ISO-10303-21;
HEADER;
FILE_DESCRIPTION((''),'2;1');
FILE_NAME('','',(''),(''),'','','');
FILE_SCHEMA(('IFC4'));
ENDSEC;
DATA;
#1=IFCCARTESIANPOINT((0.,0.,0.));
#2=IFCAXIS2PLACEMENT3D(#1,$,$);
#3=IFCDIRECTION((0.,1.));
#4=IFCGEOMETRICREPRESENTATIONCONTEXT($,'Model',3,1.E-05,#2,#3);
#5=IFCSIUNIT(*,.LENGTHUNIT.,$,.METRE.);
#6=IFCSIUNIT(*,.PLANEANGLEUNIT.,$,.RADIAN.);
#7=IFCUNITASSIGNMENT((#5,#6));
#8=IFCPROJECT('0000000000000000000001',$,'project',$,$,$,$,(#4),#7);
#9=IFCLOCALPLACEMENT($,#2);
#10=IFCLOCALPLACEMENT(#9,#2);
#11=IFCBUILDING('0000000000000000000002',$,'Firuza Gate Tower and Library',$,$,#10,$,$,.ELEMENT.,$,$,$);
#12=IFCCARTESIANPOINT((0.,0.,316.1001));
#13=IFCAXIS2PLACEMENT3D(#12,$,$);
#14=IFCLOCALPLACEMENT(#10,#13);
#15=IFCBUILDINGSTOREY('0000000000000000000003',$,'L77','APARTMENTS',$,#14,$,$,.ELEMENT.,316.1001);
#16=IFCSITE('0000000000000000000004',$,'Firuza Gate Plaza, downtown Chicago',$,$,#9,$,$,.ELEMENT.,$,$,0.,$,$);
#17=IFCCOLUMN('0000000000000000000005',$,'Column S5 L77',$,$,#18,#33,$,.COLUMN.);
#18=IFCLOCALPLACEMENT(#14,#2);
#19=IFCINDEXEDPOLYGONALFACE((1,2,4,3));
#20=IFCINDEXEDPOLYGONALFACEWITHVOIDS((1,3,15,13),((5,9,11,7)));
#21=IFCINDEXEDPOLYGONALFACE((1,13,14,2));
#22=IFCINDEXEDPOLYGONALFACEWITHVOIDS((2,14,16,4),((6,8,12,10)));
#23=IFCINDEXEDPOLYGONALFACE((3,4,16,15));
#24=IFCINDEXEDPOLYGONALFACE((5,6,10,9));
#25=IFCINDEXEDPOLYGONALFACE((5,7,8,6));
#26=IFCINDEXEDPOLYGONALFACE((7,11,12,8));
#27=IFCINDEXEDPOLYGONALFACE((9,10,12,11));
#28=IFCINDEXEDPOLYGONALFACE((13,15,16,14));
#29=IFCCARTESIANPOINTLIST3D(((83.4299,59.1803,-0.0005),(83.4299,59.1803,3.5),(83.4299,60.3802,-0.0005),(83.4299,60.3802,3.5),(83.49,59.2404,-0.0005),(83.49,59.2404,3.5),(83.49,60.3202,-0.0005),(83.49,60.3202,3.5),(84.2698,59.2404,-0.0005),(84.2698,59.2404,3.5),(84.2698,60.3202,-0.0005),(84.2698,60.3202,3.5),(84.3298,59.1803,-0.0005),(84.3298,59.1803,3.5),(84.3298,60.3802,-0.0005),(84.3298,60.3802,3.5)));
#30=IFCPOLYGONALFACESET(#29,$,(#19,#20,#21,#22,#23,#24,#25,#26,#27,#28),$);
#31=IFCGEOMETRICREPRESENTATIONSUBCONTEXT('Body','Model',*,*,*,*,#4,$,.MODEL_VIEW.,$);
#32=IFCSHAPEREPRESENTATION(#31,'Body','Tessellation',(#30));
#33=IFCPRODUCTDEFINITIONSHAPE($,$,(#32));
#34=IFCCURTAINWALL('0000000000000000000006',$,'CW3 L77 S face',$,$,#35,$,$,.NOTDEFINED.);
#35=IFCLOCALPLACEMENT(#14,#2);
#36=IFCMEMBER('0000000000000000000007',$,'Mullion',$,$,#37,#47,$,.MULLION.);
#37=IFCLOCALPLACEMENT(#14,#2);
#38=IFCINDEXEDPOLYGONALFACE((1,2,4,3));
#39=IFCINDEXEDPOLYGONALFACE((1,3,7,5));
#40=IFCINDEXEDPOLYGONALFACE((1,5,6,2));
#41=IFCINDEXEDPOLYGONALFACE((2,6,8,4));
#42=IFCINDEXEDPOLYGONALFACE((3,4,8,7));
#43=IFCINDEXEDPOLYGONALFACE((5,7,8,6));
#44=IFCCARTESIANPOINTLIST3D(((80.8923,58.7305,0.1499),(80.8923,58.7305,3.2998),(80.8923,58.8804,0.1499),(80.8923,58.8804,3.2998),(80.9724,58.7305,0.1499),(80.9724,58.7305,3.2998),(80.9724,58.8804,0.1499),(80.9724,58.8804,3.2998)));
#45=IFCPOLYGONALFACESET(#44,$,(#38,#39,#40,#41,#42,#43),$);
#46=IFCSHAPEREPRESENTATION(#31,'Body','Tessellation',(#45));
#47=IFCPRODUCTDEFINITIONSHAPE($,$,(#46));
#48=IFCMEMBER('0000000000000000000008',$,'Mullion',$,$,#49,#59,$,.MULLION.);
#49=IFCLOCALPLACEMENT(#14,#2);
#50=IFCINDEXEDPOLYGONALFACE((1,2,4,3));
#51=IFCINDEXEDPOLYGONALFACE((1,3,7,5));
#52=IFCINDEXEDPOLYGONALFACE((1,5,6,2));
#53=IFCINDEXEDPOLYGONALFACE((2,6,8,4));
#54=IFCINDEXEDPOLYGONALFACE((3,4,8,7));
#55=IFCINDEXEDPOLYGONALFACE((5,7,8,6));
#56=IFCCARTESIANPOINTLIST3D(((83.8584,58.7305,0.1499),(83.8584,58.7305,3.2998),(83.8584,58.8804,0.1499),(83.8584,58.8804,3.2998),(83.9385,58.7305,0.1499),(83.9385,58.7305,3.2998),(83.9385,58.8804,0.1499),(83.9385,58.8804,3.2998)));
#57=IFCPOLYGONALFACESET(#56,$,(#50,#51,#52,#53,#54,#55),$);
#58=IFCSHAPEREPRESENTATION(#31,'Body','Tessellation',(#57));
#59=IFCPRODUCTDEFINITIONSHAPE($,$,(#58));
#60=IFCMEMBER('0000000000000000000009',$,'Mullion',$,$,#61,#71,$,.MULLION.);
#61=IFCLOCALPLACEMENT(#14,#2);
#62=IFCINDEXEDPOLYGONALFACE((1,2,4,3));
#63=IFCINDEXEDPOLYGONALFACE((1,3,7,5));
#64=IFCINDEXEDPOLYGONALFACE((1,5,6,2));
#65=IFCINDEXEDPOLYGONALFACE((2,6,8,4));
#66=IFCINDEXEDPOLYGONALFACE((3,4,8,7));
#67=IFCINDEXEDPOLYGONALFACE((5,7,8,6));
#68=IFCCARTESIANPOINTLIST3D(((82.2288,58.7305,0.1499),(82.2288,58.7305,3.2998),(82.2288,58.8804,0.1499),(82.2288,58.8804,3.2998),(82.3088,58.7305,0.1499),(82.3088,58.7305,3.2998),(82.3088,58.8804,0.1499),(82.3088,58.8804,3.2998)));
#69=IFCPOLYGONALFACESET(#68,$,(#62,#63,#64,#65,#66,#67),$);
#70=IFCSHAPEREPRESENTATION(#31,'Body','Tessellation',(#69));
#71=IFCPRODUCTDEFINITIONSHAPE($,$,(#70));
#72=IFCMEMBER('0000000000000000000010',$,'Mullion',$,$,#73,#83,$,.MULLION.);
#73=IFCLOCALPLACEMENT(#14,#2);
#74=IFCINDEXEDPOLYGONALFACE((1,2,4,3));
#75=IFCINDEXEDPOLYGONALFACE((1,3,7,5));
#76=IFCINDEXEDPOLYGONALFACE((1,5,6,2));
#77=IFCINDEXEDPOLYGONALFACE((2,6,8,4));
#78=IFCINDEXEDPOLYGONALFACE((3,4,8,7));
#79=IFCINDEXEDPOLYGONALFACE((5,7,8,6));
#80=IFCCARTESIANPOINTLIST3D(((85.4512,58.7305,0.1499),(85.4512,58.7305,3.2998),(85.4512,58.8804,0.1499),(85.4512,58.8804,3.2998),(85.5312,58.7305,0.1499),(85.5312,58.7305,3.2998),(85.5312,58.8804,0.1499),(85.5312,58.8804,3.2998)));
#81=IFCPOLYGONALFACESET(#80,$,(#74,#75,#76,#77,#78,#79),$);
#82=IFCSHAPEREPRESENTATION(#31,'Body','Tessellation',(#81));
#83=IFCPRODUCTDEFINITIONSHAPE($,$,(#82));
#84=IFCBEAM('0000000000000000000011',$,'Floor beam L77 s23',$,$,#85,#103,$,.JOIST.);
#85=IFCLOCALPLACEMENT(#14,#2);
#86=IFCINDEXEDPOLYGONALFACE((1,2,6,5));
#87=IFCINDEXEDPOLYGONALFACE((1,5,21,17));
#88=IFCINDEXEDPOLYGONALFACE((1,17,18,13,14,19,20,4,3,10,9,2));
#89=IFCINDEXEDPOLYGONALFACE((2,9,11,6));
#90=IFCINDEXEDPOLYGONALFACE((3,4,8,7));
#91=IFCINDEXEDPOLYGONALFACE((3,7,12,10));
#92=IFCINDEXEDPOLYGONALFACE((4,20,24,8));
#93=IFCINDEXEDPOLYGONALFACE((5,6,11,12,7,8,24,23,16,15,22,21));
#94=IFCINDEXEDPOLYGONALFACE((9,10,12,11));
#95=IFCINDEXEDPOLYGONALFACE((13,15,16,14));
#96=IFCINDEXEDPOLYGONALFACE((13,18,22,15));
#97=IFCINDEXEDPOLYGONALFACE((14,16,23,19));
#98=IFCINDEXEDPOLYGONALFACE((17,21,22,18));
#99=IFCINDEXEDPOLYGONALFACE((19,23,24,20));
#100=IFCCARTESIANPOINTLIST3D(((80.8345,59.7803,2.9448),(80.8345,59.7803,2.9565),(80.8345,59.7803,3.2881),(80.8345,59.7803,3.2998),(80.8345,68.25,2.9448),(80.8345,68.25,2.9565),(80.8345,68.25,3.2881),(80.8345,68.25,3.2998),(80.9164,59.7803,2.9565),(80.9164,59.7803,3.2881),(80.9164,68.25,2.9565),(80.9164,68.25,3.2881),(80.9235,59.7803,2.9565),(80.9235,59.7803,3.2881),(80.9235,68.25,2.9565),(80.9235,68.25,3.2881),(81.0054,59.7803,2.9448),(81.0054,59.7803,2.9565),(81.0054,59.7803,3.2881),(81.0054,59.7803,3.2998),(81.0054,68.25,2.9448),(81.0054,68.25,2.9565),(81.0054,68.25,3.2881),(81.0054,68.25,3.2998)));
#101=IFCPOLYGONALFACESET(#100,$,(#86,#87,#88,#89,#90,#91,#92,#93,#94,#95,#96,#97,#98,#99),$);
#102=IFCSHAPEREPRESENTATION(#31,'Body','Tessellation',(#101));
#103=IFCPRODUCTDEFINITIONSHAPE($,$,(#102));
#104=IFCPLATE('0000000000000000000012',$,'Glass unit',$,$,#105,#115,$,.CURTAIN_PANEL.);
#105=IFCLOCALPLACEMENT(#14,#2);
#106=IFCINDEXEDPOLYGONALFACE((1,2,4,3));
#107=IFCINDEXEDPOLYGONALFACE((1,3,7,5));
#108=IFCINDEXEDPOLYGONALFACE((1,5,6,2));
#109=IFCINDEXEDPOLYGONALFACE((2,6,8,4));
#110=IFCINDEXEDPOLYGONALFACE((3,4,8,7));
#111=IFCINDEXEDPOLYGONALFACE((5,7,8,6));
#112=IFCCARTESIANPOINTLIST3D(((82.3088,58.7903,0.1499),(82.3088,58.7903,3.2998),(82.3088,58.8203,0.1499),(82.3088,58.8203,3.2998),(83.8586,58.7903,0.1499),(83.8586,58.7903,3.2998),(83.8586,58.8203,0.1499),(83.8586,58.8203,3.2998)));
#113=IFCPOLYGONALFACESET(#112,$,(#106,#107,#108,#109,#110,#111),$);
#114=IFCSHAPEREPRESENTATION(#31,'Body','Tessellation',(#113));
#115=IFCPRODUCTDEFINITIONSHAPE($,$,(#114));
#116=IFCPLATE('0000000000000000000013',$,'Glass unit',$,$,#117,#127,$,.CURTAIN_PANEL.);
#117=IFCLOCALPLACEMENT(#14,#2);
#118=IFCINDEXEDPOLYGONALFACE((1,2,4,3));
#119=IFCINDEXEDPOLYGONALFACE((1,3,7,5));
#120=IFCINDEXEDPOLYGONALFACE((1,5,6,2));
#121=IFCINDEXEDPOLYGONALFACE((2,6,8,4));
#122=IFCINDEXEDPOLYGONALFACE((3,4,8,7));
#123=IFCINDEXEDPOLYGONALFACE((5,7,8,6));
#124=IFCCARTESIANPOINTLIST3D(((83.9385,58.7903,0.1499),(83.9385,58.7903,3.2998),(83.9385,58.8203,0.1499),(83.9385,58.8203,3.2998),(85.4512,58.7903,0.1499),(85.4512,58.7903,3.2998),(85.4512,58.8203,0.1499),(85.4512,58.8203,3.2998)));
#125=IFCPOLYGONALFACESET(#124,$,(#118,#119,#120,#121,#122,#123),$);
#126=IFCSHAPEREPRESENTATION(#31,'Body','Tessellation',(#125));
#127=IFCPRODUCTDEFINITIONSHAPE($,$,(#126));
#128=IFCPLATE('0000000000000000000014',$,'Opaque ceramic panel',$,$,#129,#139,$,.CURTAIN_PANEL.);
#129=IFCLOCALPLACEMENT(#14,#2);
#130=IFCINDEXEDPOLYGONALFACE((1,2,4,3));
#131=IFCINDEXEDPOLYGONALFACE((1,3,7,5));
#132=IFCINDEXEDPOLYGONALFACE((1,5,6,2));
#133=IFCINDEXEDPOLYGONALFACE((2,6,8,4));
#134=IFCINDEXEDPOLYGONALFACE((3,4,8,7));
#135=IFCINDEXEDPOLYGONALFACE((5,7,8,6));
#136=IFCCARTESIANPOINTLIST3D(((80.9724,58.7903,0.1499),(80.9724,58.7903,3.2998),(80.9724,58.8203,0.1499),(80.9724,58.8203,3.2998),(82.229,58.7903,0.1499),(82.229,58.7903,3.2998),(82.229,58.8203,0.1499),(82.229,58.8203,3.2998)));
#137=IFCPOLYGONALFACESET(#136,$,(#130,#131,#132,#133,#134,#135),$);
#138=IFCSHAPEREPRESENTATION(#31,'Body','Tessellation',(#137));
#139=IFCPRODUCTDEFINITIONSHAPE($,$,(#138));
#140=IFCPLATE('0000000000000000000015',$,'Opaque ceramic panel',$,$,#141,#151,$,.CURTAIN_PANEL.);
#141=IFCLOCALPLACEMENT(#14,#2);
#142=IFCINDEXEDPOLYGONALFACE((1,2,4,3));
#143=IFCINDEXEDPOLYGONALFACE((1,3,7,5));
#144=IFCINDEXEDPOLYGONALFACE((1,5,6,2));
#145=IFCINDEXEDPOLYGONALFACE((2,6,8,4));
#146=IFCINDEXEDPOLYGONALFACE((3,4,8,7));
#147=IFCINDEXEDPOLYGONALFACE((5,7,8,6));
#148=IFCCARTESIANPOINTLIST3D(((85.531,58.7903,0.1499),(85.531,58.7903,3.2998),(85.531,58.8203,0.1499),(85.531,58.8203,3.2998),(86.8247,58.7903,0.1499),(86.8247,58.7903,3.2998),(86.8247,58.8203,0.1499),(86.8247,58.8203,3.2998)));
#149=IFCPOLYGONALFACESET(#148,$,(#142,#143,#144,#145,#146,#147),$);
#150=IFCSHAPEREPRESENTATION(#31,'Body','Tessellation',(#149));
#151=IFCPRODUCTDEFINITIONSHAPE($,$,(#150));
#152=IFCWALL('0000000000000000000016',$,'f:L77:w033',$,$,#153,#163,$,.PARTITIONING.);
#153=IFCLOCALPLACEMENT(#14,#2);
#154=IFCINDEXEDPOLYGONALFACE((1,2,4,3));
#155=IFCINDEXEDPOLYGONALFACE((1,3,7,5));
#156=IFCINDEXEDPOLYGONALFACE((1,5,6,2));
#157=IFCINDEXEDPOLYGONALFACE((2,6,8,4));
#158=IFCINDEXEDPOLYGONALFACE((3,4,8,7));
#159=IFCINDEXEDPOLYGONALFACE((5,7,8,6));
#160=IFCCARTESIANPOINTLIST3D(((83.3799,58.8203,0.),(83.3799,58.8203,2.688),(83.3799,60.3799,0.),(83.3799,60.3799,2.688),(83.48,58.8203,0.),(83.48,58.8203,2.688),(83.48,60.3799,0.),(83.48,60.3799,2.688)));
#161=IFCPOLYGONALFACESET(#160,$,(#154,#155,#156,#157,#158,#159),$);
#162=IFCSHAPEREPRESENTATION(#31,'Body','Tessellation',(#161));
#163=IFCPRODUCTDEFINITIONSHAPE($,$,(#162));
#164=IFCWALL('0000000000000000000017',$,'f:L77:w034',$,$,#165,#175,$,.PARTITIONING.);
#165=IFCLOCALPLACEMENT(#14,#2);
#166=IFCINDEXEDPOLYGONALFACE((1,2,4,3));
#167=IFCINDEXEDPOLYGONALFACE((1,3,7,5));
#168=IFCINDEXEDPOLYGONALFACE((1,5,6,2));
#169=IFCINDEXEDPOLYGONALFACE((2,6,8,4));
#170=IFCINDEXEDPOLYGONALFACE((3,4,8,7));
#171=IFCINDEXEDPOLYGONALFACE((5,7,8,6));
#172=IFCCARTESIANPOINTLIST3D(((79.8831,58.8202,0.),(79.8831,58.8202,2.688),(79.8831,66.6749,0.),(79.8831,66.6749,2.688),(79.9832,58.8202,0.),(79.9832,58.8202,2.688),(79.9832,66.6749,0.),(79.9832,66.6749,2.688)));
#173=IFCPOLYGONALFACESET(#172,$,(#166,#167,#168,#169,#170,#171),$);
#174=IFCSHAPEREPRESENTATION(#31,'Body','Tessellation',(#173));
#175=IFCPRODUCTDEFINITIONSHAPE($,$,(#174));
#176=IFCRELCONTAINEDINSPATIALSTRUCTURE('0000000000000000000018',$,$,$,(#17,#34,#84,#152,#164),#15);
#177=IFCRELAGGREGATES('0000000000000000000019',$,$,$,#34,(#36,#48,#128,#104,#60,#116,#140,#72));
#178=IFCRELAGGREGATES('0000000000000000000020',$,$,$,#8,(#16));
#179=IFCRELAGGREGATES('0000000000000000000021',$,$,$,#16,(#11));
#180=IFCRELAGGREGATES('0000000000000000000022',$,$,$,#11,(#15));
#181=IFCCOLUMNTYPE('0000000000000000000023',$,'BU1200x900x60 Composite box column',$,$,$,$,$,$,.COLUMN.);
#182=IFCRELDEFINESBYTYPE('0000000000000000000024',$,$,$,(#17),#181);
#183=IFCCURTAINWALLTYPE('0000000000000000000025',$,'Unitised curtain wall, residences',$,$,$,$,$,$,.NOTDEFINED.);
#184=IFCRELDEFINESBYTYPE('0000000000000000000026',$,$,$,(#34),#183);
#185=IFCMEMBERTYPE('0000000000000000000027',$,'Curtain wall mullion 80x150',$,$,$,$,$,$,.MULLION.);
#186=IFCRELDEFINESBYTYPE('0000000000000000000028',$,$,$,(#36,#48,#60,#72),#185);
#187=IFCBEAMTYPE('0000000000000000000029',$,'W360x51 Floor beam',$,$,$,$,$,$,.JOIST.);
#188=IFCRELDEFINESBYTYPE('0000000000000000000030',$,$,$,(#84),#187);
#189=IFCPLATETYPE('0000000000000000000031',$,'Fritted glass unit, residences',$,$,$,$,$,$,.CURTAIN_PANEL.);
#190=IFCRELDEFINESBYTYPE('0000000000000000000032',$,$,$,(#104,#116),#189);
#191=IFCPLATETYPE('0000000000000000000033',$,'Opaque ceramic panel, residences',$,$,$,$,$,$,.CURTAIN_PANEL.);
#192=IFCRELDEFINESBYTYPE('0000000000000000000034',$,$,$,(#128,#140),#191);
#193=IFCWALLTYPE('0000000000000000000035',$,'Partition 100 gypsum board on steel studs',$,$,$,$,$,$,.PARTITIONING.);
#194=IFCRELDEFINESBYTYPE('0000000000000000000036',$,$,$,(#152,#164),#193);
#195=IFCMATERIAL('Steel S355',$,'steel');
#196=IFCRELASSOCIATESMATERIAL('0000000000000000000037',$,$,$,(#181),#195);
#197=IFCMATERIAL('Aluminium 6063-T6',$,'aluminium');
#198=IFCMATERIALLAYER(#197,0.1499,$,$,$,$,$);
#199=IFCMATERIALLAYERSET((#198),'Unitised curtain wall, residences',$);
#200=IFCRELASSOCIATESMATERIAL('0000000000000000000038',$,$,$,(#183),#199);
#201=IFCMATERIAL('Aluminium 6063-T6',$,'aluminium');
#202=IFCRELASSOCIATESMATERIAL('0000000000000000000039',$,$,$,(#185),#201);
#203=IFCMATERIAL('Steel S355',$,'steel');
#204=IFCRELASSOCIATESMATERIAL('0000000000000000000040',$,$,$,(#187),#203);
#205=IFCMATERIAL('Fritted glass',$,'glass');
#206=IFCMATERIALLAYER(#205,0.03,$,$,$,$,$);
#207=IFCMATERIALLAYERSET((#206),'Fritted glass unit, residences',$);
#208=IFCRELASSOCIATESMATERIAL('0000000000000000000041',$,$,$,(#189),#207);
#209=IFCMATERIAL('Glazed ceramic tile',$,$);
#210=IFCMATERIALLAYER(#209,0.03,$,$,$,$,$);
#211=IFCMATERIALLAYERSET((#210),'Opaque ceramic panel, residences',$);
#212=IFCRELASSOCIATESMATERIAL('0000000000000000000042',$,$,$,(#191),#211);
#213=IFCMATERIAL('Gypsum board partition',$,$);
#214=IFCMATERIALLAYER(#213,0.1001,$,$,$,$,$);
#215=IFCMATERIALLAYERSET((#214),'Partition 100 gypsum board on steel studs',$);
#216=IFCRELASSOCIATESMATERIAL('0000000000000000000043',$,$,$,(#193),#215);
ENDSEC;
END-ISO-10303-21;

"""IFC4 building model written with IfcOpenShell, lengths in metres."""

from ifc_helpers import new_model, si_unit, direction, frame, frame_2d, origin, origin_2d, place, context, subcontext, project, spatial, polyline, rectangle, hollow_rectangle, i_section, outline, extrude, material, layer, layer_set, material_profile, profile_set, type_object, element, aggregate, save


model = new_model("IFC4")

# Units and contexts
model_context = context("Model", 3, precision=1e-05, world=origin(), true_north=direction((0.0, 1.0)))
body_context = subcontext(model_context, "Body", "Model", "MODEL_VIEW")
ifc_project = project(units=[si_unit("LENGTHUNIT", "METRE"), si_unit("PLANEANGLEUNIT", "RADIAN")], contexts=[model_context])

# Site, building, storey
site_placement = place(None, origin())
site = spatial("IfcSite", under=ifc_project, at=site_placement, Name="Firuza Gate Plaza, downtown Chicago", CompositionType="ELEMENT", RefElevation=0.0)
building_placement = place(site_placement, origin())
building = spatial("IfcBuilding", under=site, at=building_placement, Name="Firuza Gate Tower and Library", CompositionType="ELEMENT")
storey_placement = place(building_placement, frame((0.0, 0.0, 316.1001)))
storey = spatial("IfcBuildingStorey", under=building, at=storey_placement, Name="L77", Description="APARTMENTS", CompositionType="ELEMENT", Elevation=316.1001)

# Column
ifc_material_1 = material(Name="Steel S355", Category="steel")
ifc_material_profile_1 = material_profile(ifc_material_1, hollow_rectangle(XDim=0.8999, YDim=1.2, WallThickness=0.0601, at=origin_2d()))
ifc_profile_set_1 = profile_set([ifc_material_profile_1], Name="Steel S355")
column_type = type_object("IfcColumnType", Name="BU1200x900x60 Composite box column", PredefinedType="COLUMN", material=ifc_profile_set_1)
column_placement = place(storey_placement, frame((83.8799, 59.7803, -0.0005), z_axis=(0.0, 0.0, 1.0), x_axis=(1.0, 0.0, 0.0)))
element("IfcColumn", 1, at=column_placement, inside=storey, type_object=column_type, Name="Column S5 L77", PredefinedType="COLUMN", context=body_context, shape_type="SweptSolid", body=[
    extrude(hollow_rectangle(XDim=0.8999, YDim=1.2, WallThickness=0.0601, at=origin_2d()), origin(), (0.0, 0.0, 1.0), 3.5005),
])

# Curtain wall, members
ifc_material_2 = material(Name="Aluminium 6063-T6", Category="aluminium")
ifc_layer_1 = layer(ifc_material_2, 0.1499)
ifc_layer_set_1 = layer_set([ifc_layer_1], Name="Unitised curtain wall, residences")
curtain_wall_type = type_object("IfcCurtainWallType", Name="Unitised curtain wall, residences", PredefinedType="NOTDEFINED", material=ifc_layer_set_1)
curtain_wall_placement = place(storey_placement, origin())
curtain_wall = element("IfcCurtainWall", 2, at=curtain_wall_placement, inside=storey, type_object=curtain_wall_type, Name="CW3 L77 S face", PredefinedType="NOTDEFINED")
ifc_material_3 = material(Name="Aluminium 6063-T6", Category="aluminium")
ifc_material_profile_2 = material_profile(ifc_material_3, rectangle(XDim=0.1499, YDim=0.0801, at=origin_2d()))
ifc_profile_set_2 = profile_set([ifc_material_profile_2], Name="Aluminium 6063-T6")
member_type = type_object("IfcMemberType", Name="Curtain wall mullion 80x150", PredefinedType="MULLION", material=ifc_profile_set_2)
member_1_placement = place(storey_placement, frame((80.9324, 58.8054, 0.1499), z_axis=(0.0, 0.0, 1.0), x_axis=(0.0, 1.0, 0.0)))
member_1 = element("IfcMember", 3, at=member_1_placement, type_object=member_type, Name="Mullion", PredefinedType="MULLION", context=body_context, shape_type="SweptSolid", body=[
    extrude(rectangle(XDim=0.1499, YDim=0.0801, at=origin_2d()), origin(), (0.0, 0.0, 1.0), 3.1499),
])
member_2_placement = place(storey_placement, frame((83.8984, 58.8054, 0.1499), z_axis=(0.0, 0.0, 1.0), x_axis=(0.0, 1.0, 0.0)))
member_2 = element("IfcMember", 4, at=member_2_placement, type_object=member_type, Name="Mullion", PredefinedType="MULLION", context=body_context, shape_type="SweptSolid", body=[
    extrude(rectangle(XDim=0.1499, YDim=0.0801, at=origin_2d()), origin(), (0.0, 0.0, 1.0), 3.1499),
])
member_3_placement = place(storey_placement, frame((82.2688, 58.8054, 0.1499), z_axis=(0.0, 0.0, 1.0), x_axis=(0.0, 1.0, 0.0)))
member_3 = element("IfcMember", 5, at=member_3_placement, type_object=member_type, Name="Mullion", PredefinedType="MULLION", context=body_context, shape_type="SweptSolid", body=[
    extrude(rectangle(XDim=0.1499, YDim=0.0801, at=origin_2d()), origin(), (0.0, 0.0, 1.0), 3.1499),
])
member_4_placement = place(storey_placement, frame((85.4912, 58.8054, 0.1499), z_axis=(0.0, 0.0, 1.0), x_axis=(0.0, 1.0, 0.0)))
member_4 = element("IfcMember", 6, at=member_4_placement, type_object=member_type, Name="Mullion", PredefinedType="MULLION", context=body_context, shape_type="SweptSolid", body=[
    extrude(rectangle(XDim=0.1499, YDim=0.0801, at=origin_2d()), origin(), (0.0, 0.0, 1.0), 3.1499),
])

# Beam
ifc_material_4 = material(Name="Steel S355", Category="steel")
ifc_material_profile_3 = material_profile(ifc_material_4, i_section(OverallWidth=0.1709, OverallDepth=0.355, WebThickness=0.0071, FlangeThickness=0.0117, at=origin_2d()))
ifc_profile_set_3 = profile_set([ifc_material_profile_3], Name="Steel S355")
beam_type = type_object("IfcBeamType", Name="W360x51 Floor beam", PredefinedType="JOIST", material=ifc_profile_set_3)
beam_placement = place(storey_placement, frame((80.9199, 59.7803, 3.1223), z_axis=(0.0, 1.0, 0.0), x_axis=(-1.0, 0.0, 0.0)))
element("IfcBeam", 7, at=beam_placement, inside=storey, type_object=beam_type, Name="Floor beam L77 s23", PredefinedType="JOIST", context=body_context, shape_type="SweptSolid", body=[
    extrude(i_section(OverallWidth=0.1709, OverallDepth=0.355, WebThickness=0.0071, FlangeThickness=0.0117, at=origin_2d()), origin(), (0.0, 0.0, 1.0), 8.4697),
])

# Plates
ifc_material_5 = material(Name="Fritted glass", Category="glass")
ifc_layer_2 = layer(ifc_material_5, 0.03)
ifc_layer_set_2 = layer_set([ifc_layer_2], Name="Fritted glass unit, residences")
plate_type_1 = type_object("IfcPlateType", Name="Fritted glass unit, residences", PredefinedType="CURTAIN_PANEL", material=ifc_layer_set_2)
plate_1_placement = place(storey_placement, frame((82.3088, 58.7903, 0.1499), z_axis=(0.0, -1.0, 0.0), x_axis=(1.0, 0.0, 0.0)))
plate_1 = element("IfcPlate", 8, at=plate_1_placement, type_object=plate_type_1, Name="Glass unit", PredefinedType="CURTAIN_PANEL", context=body_context, shape_type="SweptSolid", body=[
    extrude(outline(polyline([(0.0, 0.0), (1.5498, 0.0), (1.5498, 3.1499), (0.0, 3.1499), (0.0, 0.0)])), origin(), (0.0, 0.0, -1.0), 0.03),
])
plate_2_placement = place(storey_placement, frame((83.9385, 58.7903, 0.1499), z_axis=(0.0, -1.0, 0.0), x_axis=(1.0, 0.0, 0.0)))
plate_2 = element("IfcPlate", 9, at=plate_2_placement, type_object=plate_type_1, Name="Glass unit", PredefinedType="CURTAIN_PANEL", context=body_context, shape_type="SweptSolid", body=[
    extrude(outline(polyline([(0.0, 0.0), (1.5127, 0.0), (1.5127, 3.1499), (0.0, 3.1499), (0.0, 0.0)])), origin(), (0.0, 0.0, -1.0), 0.03),
])
ifc_material_6 = material(Name="Glazed ceramic tile")
ifc_layer_3 = layer(ifc_material_6, 0.03)
ifc_layer_set_3 = layer_set([ifc_layer_3], Name="Opaque ceramic panel, residences")
plate_type_2 = type_object("IfcPlateType", Name="Opaque ceramic panel, residences", PredefinedType="CURTAIN_PANEL", material=ifc_layer_set_3)
plate_3_placement = place(storey_placement, frame((80.9724, 58.7903, 0.1499), z_axis=(0.0, -1.0, 0.0), x_axis=(1.0, 0.0, 0.0)))
plate_3 = element("IfcPlate", 10, at=plate_3_placement, type_object=plate_type_2, Name="Opaque ceramic panel", PredefinedType="CURTAIN_PANEL", context=body_context, shape_type="SweptSolid", body=[
    extrude(outline(polyline([(0.0, 0.0), (1.2566, 0.0), (1.2566, 3.1499), (0.0, 3.1499), (0.0, 0.0)])), origin(), (0.0, 0.0, -1.0), 0.03),
])
plate_4_placement = place(storey_placement, frame((85.531, 58.7903, 0.1499), z_axis=(0.0, -1.0, 0.0), x_axis=(1.0, 0.0, 0.0)))
plate_4 = element("IfcPlate", 11, at=plate_4_placement, type_object=plate_type_2, Name="Opaque ceramic panel", PredefinedType="CURTAIN_PANEL", context=body_context, shape_type="SweptSolid", body=[
    extrude(outline(polyline([(0.0, 0.0), (1.2937, 0.0), (1.2937, 3.1499), (0.0, 3.1499), (0.0, 0.0)])), origin(), (0.0, 0.0, -1.0), 0.03),
])
aggregate(curtain_wall, [member_1, member_2, plate_3, plate_1, member_3, plate_2, plate_4, member_4])

# Walls
ifc_material_7 = material(Name="Gypsum board partition")
ifc_layer_4 = layer(ifc_material_7, 0.1001)
ifc_layer_set_4 = layer_set([ifc_layer_4], Name="Partition 100 gypsum board on steel studs")
wall_type = type_object("IfcWallType", Name="Partition 100 gypsum board on steel studs", PredefinedType="PARTITIONING", material=ifc_layer_set_4)
wall_1_placement = place(storey_placement, frame((83.4299, 58.8203, 0.0), z_axis=(0.0, 0.0, 1.0), x_axis=(0.0, 1.0, 0.0)))
element("IfcWall", 12, at=wall_1_placement, inside=storey, type_object=wall_type, Name="f:L77:w033", PredefinedType="PARTITIONING", context=body_context, shape_type="SweptSolid", body=[
    extrude(rectangle(XDim=1.5596, YDim=0.1001, at=frame_2d((0.7798, 0.0))), origin(), (0.0, 0.0, 1.0), 2.688),
])
wall_2_placement = place(storey_placement, frame((79.9331, 58.8203, 0.0), z_axis=(0.0, 0.0, 1.0), x_axis=(0.0, 1.0, 0.0)))
element("IfcWall", 13, at=wall_2_placement, inside=storey, type_object=wall_type, Name="f:L77:w034", PredefinedType="PARTITIONING", context=body_context, shape_type="SweptSolid", body=[
    extrude(rectangle(XDim=7.8547, YDim=0.1001, at=frame_2d((3.9272, 0.0))), origin(), (0.0, 0.0, 1.0), 2.688),
])

save(model, "model.ifc")
